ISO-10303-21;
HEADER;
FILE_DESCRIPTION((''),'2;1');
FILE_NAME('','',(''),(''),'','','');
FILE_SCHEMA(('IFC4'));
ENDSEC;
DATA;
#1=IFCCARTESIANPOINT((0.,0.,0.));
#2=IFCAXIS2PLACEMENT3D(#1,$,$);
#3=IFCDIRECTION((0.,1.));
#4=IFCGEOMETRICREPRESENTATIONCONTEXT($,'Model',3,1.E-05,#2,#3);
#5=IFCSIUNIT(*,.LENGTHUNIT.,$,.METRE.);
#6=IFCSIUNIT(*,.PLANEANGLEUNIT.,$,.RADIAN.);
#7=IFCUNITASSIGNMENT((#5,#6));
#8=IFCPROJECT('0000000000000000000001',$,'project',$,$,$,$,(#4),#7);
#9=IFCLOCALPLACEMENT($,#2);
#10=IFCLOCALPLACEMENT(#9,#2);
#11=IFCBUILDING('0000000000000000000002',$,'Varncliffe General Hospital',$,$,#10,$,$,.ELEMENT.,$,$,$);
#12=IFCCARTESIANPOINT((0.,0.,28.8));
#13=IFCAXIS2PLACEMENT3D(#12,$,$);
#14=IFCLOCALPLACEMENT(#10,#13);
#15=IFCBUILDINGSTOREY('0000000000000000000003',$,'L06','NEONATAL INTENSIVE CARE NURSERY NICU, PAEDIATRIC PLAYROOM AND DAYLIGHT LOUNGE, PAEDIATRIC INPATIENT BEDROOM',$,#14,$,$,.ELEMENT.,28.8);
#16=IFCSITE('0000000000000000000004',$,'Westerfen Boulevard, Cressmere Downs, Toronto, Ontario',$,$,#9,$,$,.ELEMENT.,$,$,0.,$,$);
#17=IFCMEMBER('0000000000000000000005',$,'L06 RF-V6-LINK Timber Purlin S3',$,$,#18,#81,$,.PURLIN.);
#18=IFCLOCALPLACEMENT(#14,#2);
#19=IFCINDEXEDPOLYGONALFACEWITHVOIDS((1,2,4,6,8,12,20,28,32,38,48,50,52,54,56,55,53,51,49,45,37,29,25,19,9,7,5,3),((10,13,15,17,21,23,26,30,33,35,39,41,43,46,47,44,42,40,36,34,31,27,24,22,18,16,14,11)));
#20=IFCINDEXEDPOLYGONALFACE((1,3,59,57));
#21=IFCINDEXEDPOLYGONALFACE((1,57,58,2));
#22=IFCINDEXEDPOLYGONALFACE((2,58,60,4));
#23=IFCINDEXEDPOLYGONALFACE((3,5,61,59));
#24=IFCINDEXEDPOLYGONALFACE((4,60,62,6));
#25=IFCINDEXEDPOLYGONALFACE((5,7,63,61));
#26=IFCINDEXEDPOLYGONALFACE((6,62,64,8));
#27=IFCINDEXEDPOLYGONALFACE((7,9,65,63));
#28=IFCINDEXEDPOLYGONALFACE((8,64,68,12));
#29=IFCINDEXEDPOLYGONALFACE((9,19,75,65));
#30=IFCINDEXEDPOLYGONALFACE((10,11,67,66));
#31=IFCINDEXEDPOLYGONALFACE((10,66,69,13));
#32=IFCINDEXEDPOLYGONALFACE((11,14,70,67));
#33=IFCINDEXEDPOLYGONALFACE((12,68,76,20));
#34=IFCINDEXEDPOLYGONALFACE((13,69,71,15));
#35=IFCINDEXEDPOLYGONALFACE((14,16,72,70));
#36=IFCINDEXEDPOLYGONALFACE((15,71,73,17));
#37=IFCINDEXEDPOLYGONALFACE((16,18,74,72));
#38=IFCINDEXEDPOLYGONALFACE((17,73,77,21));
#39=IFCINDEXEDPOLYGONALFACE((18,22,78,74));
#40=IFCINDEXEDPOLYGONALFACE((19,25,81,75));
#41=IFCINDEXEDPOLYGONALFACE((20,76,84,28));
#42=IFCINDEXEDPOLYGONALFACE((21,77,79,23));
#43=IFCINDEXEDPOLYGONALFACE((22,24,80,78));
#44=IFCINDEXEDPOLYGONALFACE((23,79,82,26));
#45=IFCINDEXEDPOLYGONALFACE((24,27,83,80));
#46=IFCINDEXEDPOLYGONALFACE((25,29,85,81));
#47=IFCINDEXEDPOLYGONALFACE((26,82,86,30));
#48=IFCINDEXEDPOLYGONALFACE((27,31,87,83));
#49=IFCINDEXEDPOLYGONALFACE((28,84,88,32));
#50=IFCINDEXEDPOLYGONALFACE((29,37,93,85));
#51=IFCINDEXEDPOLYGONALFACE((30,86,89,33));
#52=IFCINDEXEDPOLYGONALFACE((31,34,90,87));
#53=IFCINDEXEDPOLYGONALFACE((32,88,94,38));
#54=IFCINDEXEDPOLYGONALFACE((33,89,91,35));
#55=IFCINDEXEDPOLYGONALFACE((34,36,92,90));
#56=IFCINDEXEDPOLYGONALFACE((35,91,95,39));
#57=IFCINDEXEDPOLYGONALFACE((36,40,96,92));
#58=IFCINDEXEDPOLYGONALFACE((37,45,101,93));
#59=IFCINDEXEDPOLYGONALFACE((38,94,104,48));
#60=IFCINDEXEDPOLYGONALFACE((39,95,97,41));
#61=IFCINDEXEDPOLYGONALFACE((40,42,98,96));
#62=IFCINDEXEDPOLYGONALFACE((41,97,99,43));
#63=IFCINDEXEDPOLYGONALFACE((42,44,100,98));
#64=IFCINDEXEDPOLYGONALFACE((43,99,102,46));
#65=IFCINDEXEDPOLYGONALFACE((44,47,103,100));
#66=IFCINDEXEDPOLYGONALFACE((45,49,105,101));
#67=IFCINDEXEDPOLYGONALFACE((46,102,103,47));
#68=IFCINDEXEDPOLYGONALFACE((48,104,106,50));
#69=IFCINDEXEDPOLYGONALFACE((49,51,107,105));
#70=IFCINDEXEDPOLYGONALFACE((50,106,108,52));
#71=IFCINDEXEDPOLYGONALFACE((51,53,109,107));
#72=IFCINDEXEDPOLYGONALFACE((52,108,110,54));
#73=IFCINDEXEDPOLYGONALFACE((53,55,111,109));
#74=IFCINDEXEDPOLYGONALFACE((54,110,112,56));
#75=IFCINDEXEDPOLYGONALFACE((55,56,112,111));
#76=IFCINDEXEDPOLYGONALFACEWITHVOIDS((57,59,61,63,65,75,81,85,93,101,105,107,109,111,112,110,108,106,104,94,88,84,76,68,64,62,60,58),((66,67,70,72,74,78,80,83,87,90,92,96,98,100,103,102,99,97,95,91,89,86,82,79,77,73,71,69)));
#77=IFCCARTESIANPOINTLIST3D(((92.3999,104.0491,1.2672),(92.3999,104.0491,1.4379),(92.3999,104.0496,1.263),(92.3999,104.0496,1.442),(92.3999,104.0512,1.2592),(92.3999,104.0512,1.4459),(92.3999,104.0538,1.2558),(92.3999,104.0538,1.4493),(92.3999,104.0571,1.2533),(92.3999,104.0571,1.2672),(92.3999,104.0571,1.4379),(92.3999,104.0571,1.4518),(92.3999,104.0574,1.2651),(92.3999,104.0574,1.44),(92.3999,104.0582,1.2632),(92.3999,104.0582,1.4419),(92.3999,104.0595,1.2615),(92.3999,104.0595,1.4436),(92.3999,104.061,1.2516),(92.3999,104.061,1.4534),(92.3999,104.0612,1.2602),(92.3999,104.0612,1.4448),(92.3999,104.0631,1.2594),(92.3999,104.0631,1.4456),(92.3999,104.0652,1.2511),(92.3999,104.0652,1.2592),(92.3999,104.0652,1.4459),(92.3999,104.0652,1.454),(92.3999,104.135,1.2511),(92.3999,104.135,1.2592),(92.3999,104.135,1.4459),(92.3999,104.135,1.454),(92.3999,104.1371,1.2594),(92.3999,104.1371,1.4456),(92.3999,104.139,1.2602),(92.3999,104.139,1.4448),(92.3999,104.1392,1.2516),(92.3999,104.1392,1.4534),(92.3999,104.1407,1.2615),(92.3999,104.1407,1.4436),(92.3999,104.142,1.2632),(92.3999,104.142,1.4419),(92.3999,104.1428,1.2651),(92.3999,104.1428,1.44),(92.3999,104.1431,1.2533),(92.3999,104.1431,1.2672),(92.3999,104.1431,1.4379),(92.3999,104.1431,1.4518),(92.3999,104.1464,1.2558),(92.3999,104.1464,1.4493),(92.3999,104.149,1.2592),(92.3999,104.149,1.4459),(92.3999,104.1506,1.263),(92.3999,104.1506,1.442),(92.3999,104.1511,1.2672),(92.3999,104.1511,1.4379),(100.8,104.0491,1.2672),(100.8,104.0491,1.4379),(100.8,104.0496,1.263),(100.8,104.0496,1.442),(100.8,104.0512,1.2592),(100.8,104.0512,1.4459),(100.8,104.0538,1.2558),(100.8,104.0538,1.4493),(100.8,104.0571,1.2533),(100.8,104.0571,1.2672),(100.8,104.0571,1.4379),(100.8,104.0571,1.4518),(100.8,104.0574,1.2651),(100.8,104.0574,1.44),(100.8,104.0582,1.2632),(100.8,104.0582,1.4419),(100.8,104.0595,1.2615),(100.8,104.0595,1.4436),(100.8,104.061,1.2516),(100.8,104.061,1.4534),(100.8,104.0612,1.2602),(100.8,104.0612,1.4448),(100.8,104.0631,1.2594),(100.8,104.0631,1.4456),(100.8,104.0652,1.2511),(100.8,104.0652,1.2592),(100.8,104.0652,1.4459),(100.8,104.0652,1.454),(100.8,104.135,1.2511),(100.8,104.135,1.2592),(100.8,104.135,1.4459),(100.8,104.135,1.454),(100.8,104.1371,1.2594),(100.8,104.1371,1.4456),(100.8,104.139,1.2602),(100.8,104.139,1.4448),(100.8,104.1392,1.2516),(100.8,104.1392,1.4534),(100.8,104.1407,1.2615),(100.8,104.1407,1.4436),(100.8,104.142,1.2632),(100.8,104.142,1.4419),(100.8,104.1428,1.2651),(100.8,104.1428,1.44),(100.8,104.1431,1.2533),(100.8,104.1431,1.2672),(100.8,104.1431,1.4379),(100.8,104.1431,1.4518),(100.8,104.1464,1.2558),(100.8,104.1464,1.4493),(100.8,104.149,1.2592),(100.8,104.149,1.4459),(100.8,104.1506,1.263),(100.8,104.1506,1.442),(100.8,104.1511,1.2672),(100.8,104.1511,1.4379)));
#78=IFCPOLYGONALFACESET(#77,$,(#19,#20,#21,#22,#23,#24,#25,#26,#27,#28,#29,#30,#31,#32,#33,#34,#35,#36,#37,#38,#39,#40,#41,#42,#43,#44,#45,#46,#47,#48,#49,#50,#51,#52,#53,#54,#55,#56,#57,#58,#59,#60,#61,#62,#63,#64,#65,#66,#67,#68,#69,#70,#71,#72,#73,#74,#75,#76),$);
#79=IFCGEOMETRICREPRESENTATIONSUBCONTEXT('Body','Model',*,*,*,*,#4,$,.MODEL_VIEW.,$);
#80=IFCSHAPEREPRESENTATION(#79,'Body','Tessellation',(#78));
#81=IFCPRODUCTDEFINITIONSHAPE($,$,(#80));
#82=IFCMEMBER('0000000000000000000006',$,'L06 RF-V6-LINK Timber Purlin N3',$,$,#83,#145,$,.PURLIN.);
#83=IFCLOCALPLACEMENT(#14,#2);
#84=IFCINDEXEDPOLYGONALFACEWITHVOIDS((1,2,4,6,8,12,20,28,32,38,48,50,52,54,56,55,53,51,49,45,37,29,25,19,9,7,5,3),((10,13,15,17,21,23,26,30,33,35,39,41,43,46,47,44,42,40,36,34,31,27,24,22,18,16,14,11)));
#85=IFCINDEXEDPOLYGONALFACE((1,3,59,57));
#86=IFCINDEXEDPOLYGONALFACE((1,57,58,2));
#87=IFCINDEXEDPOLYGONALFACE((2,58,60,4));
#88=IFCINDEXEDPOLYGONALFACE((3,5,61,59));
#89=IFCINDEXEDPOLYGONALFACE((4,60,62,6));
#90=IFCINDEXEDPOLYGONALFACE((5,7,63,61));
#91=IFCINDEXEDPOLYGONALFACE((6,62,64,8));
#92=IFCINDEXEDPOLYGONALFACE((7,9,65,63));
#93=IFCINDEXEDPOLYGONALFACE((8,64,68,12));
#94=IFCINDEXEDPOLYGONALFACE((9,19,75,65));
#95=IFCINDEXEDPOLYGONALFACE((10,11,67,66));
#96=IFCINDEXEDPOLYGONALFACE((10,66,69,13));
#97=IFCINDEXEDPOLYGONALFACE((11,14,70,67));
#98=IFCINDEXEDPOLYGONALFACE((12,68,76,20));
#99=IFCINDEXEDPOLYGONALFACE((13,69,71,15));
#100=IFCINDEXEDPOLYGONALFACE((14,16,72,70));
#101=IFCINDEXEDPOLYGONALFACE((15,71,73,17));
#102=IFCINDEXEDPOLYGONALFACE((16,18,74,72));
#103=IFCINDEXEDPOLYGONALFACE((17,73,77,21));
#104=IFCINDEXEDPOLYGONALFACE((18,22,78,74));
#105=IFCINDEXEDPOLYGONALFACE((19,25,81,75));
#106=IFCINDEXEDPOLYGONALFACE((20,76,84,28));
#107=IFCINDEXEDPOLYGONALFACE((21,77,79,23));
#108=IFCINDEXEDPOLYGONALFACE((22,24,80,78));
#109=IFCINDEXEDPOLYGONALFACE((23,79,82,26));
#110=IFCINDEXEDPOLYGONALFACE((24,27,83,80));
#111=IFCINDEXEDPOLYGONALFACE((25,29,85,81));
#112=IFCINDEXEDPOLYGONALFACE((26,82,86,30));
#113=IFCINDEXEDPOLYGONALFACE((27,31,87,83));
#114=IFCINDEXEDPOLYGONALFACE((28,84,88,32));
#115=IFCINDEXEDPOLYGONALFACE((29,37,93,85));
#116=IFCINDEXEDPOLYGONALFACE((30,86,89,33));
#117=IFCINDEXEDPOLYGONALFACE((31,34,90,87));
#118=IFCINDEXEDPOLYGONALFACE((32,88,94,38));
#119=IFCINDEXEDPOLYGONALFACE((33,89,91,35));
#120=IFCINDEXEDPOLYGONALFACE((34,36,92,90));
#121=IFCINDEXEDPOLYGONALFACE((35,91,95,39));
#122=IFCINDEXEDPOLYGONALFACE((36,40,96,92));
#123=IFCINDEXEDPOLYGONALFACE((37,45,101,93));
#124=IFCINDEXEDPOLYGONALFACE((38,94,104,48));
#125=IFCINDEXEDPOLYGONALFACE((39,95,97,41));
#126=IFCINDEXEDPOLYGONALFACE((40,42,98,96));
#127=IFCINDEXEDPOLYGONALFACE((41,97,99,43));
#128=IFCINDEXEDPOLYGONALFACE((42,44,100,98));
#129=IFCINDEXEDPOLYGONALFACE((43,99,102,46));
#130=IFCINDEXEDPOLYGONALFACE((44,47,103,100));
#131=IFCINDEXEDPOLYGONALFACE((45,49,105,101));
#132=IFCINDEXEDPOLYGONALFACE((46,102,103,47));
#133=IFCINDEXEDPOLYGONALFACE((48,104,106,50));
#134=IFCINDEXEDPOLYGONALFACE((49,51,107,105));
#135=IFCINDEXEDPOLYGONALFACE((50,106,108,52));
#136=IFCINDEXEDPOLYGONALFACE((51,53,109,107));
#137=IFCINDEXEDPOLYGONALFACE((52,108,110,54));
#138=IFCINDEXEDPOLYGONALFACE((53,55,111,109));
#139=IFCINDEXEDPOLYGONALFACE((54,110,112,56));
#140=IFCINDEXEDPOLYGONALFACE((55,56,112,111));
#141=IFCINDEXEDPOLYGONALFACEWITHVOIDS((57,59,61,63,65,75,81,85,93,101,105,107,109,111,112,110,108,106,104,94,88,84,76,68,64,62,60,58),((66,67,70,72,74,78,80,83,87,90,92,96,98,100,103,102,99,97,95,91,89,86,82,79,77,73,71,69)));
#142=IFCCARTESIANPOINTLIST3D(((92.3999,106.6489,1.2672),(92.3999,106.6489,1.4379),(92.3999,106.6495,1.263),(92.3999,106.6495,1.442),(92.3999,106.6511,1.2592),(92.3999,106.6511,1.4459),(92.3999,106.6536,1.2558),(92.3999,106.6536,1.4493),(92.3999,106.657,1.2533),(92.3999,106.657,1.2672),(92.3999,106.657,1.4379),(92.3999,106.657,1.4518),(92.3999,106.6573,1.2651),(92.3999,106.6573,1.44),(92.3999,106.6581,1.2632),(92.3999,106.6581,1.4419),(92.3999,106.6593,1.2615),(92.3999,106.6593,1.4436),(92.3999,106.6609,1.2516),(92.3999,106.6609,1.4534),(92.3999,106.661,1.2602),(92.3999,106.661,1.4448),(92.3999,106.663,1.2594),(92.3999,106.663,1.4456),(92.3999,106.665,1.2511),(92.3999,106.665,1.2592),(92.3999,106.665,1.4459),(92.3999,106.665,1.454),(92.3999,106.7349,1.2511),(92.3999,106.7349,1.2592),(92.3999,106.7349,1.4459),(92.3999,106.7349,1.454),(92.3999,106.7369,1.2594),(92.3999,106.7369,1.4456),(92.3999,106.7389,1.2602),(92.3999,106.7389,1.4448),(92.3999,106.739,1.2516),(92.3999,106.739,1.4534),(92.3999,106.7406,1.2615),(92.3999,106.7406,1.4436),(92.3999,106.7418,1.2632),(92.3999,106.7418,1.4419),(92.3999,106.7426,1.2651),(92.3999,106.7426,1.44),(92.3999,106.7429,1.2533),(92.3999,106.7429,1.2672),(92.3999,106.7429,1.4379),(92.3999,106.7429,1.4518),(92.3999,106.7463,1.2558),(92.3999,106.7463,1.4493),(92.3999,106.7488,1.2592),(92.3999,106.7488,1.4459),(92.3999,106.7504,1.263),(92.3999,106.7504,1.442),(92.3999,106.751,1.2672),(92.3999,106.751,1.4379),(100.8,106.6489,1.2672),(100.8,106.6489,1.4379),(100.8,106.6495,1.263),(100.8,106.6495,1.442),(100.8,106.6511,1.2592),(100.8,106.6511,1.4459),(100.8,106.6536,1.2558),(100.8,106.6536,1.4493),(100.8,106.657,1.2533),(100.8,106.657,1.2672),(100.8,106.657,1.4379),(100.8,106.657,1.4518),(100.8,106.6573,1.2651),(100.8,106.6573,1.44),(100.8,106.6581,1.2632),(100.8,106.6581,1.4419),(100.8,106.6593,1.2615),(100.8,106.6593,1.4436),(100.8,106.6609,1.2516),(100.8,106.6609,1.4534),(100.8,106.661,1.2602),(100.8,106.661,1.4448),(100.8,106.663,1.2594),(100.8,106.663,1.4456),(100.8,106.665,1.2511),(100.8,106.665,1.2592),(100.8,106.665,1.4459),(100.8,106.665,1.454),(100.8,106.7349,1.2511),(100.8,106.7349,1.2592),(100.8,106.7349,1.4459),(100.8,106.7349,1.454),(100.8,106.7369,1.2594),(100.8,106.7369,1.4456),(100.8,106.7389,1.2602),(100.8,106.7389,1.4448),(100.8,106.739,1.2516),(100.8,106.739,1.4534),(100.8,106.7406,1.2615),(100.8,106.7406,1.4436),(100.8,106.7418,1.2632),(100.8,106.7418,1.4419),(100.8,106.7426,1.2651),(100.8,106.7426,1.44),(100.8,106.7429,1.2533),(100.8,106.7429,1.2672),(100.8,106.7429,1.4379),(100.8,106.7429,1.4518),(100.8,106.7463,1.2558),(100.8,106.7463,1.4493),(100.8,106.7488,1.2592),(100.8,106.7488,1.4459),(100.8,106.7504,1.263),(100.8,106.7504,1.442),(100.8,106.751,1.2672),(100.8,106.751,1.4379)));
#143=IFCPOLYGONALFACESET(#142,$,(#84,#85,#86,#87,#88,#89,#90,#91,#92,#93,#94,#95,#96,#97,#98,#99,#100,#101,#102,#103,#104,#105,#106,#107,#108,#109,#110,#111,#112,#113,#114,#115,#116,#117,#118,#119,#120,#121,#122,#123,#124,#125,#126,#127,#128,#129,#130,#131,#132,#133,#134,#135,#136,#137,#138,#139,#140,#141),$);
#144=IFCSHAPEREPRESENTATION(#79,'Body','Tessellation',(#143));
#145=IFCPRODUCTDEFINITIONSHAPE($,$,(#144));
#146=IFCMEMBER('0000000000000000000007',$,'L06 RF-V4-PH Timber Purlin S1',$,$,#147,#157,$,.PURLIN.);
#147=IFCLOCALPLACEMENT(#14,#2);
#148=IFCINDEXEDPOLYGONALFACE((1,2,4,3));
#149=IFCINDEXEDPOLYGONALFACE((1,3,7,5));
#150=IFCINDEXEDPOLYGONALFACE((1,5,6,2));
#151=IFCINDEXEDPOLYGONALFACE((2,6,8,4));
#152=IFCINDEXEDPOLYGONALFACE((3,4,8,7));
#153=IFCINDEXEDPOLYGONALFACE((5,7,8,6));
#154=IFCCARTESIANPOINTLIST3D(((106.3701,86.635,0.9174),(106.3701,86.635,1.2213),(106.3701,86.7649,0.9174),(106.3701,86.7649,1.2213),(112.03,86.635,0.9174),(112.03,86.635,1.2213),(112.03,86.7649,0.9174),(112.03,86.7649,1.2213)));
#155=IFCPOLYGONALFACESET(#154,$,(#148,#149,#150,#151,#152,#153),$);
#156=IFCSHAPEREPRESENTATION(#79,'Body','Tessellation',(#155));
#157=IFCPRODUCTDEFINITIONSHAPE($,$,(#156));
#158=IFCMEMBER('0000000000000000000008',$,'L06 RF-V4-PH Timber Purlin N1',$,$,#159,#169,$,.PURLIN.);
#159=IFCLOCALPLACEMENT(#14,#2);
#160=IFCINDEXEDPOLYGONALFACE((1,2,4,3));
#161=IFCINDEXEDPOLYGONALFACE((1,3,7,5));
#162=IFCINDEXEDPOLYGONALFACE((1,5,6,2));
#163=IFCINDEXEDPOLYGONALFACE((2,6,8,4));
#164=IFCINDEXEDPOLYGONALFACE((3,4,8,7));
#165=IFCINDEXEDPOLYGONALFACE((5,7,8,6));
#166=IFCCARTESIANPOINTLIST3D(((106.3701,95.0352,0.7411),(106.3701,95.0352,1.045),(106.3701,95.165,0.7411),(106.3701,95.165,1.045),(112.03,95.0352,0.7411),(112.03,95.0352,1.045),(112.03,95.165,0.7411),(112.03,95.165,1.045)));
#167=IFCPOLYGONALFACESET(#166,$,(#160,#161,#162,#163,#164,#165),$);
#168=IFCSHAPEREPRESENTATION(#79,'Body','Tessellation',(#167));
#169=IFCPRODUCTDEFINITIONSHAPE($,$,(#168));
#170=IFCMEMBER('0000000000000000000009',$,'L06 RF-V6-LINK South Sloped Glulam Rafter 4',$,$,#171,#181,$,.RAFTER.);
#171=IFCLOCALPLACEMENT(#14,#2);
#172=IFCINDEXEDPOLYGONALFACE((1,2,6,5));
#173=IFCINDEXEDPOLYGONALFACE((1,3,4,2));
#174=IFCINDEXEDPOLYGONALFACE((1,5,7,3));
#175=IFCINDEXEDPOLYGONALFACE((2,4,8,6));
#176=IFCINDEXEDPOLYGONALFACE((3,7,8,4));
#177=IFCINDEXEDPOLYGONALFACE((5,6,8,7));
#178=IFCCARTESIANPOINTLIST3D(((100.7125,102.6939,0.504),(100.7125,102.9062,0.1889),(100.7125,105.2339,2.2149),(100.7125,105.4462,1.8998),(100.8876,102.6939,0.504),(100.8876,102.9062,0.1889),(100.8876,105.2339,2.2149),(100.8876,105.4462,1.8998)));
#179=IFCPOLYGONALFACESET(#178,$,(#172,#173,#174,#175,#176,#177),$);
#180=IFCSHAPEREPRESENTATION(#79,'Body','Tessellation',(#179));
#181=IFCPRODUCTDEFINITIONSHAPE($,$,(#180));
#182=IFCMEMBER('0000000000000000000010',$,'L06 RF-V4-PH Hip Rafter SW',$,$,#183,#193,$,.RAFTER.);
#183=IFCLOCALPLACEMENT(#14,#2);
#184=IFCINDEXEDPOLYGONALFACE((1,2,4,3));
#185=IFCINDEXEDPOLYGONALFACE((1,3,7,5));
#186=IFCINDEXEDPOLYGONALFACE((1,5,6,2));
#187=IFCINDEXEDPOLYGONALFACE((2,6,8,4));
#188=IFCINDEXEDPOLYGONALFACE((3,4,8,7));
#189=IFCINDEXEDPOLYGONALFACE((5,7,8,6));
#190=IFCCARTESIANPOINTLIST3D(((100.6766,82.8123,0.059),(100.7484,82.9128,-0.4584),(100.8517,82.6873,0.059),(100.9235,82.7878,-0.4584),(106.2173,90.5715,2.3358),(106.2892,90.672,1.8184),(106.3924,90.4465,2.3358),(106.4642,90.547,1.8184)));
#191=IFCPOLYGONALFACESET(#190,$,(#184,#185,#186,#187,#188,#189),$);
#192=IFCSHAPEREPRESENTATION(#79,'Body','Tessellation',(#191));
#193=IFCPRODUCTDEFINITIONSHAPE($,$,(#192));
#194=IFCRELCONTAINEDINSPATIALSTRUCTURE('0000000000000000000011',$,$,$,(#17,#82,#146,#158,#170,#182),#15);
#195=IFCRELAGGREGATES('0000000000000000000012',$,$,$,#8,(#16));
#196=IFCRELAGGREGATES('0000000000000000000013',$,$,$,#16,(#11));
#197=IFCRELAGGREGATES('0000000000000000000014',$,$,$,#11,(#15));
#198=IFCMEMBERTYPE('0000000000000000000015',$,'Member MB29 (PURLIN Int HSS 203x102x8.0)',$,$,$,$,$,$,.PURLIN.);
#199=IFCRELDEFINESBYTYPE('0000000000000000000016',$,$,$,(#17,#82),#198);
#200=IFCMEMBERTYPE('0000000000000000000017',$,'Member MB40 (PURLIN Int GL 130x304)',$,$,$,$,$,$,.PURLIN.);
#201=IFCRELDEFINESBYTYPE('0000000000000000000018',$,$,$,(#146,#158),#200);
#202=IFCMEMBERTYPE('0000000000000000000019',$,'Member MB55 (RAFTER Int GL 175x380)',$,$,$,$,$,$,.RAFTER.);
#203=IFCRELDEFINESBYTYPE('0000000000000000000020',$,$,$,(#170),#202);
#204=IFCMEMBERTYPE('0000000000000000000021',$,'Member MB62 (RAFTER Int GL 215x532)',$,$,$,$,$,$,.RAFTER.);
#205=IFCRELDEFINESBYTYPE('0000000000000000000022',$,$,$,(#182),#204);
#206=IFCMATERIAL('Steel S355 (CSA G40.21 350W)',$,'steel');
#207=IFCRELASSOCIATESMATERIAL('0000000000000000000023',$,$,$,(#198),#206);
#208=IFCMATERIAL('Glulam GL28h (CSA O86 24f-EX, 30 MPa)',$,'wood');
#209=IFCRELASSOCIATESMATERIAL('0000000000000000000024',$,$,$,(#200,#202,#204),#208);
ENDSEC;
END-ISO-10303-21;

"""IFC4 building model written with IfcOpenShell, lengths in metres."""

from ifc_helpers import new_model, si_unit, direction, frame, origin, origin_2d, place, context, subcontext, project, spatial, rectangle, hollow_rectangle, extrude, material, material_profile, profile_set, type_object, element, save


model = new_model("IFC4")

# Units and contexts
model_context = context("Model", 3, precision=1e-05, world=origin(), true_north=direction((0.0, 1.0)))
body_context = subcontext(model_context, "Body", "Model", "MODEL_VIEW")
ifc_project = project(units=[si_unit("LENGTHUNIT", "METRE"), si_unit("PLANEANGLEUNIT", "RADIAN")], contexts=[model_context])

# Site, building, storey
site_placement = place(None, origin())
site = spatial("IfcSite", under=ifc_project, at=site_placement, Name="Westerfen Boulevard, Cressmere Downs, Toronto, Ontario", CompositionType="ELEMENT", RefElevation=0.0)
building_placement = place(site_placement, origin())
building = spatial("IfcBuilding", under=site, at=building_placement, Name="Varncliffe General Hospital", CompositionType="ELEMENT")
storey_placement = place(building_placement, frame((0.0, 0.0, 28.8)))
storey = spatial("IfcBuildingStorey", under=building, at=storey_placement, Name="L06", Description="NEONATAL INTENSIVE CARE NURSERY NICU, PAEDIATRIC PLAYROOM AND DAYLIGHT LOUNGE, PAEDIATRIC INPATIENT BEDROOM", CompositionType="ELEMENT", Elevation=28.8)

# Shared definitions
ifc_material_1 = material(Name="Glulam GL28h (CSA O86 24f-EX, 30 MPa)", Category="wood")

# Members
ifc_material_2 = material(Name="Steel S355 (CSA G40.21 350W)", Category="steel")
ifc_material_profile_1 = material_profile(ifc_material_2, hollow_rectangle(XDim=0.1021, YDim=0.2029, WallThickness=0.0081, InnerFilletRadius=0.0081, OuterFilletRadius=0.0161, at=origin_2d()), Name="HSS 203x102x8.0")
ifc_profile_set_1 = profile_set([ifc_material_profile_1], Name="Steel S355 (CSA G40.21 350W)")
member_type_1 = type_object("IfcMemberType", Name="Member MB29 (PURLIN Int HSS 203x102x8.0)", PredefinedType="PURLIN", material=ifc_profile_set_1)
for number, where, z_axis, x_axis, name in (
    (1, (92.3999, 104.1001, 1.3525), (1.0, 0.0, 0.0), (0.0, 1.0, 0.0), "L06 RF-V6-LINK Timber Purlin S3"),
    (2, (92.3999, 106.7, 1.3525), (1.0, 0.0, 0.0), (0.0, 1.0, 0.0), "L06 RF-V6-LINK Timber Purlin N3"),
):
    element("IfcMember", number, at=place(storey_placement, frame(where, z_axis=z_axis, x_axis=x_axis)), inside=storey, type_object=member_type_1, Name=name, PredefinedType="PURLIN", context=body_context, shape_type="SweptSolid", body=[
        extrude(hollow_rectangle(XDim=0.1021, YDim=0.2029, WallThickness=0.0081, InnerFilletRadius=0.0081, OuterFilletRadius=0.0161, at=origin_2d()), origin(), (0.0, 0.0, 1.0), 8.4001),
    ])
ifc_material_profile_2 = material_profile(ifc_material_1, rectangle(XDim=0.1299, YDim=0.304, at=origin_2d()), Name="GL 130x304")
ifc_profile_set_2 = profile_set([ifc_material_profile_2], Name="Glulam GL28h (CSA O86 24f-EX, 30 MPa)")
member_type_2 = type_object("IfcMemberType", Name="Member MB40 (PURLIN Int GL 130x304)", PredefinedType="PURLIN", material=ifc_profile_set_2)
for number, where, z_axis, x_axis, name in (
    (3, (106.3701, 86.7, 1.0693), (1.0, 0.0, 0.0), (0.0, 1.0, 0.0), "L06 RF-V4-PH Timber Purlin S1"),
    (4, (106.3701, 95.1001, 0.8931), (1.0, 0.0, 0.0), (0.0, 1.0, 0.0), "L06 RF-V4-PH Timber Purlin N1"),
):
    element("IfcMember", number, at=place(storey_placement, frame(where, z_axis=z_axis, x_axis=x_axis)), inside=storey, type_object=member_type_2, Name=name, PredefinedType="PURLIN", context=body_context, shape_type="SweptSolid", body=[
        extrude(rectangle(XDim=0.1299, YDim=0.304, at=origin_2d()), origin(), (0.0, 0.0, 1.0), 5.6599),
    ])
ifc_material_profile_3 = material_profile(ifc_material_1, rectangle(XDim=0.175, YDim=0.3799, at=origin_2d()), Name="GL 175x380")
ifc_profile_set_3 = profile_set([ifc_material_profile_3], Name="Glulam GL28h (CSA O86 24f-EX, 30 MPa)")
member_type_3 = type_object("IfcMemberType", Name="Member MB55 (RAFTER Int GL 175x380)", PredefinedType="RAFTER", material=ifc_profile_set_3)
member_1_placement = place(storey_placement, frame((100.8, 102.8, 0.3464), z_axis=(0.0, 0.829392, 0.558668), x_axis=(-1.0, 0.0, 0.0)))
element("IfcMember", 5, at=member_1_placement, inside=storey, type_object=member_type_3, Name="L06 RF-V6-LINK South Sloped Glulam Rafter 4", PredefinedType="RAFTER", context=body_context, shape_type="SweptSolid", body=[
    extrude(rectangle(XDim=0.175, YDim=0.3799, at=origin_2d()), origin(), (0.0, 0.0, 1.0), 3.0625),
])
ifc_material_profile_4 = material_profile(ifc_material_1, rectangle(XDim=0.2151, YDim=0.532, at=origin_2d()), Name="GL 215x532")
ifc_profile_set_4 = profile_set([ifc_material_profile_4], Name="Glulam GL28h (CSA O86 24f-EX, 30 MPa)")
member_type_4 = type_object("IfcMemberType", Name="Member MB62 (RAFTER Int GL 215x532)", PredefinedType="RAFTER", material=ifc_profile_set_4)
member_2_placement = place(storey_placement, frame((100.8, 82.8, -0.1997), z_axis=(0.565236, 0.791554, 0.232271), x_axis=(-0.813811, 0.581129, 0.0)))
element("IfcMember", 6, at=member_2_placement, inside=storey, type_object=member_type_4, Name="L06 RF-V4-PH Hip Rafter SW", PredefinedType="RAFTER", context=body_context, shape_type="SweptSolid", body=[
    extrude(rectangle(XDim=0.2151, YDim=0.532, at=origin_2d()), origin(), (0.0, 0.0, 1.0), 9.8025),
])

save(model, "model.ifc")
